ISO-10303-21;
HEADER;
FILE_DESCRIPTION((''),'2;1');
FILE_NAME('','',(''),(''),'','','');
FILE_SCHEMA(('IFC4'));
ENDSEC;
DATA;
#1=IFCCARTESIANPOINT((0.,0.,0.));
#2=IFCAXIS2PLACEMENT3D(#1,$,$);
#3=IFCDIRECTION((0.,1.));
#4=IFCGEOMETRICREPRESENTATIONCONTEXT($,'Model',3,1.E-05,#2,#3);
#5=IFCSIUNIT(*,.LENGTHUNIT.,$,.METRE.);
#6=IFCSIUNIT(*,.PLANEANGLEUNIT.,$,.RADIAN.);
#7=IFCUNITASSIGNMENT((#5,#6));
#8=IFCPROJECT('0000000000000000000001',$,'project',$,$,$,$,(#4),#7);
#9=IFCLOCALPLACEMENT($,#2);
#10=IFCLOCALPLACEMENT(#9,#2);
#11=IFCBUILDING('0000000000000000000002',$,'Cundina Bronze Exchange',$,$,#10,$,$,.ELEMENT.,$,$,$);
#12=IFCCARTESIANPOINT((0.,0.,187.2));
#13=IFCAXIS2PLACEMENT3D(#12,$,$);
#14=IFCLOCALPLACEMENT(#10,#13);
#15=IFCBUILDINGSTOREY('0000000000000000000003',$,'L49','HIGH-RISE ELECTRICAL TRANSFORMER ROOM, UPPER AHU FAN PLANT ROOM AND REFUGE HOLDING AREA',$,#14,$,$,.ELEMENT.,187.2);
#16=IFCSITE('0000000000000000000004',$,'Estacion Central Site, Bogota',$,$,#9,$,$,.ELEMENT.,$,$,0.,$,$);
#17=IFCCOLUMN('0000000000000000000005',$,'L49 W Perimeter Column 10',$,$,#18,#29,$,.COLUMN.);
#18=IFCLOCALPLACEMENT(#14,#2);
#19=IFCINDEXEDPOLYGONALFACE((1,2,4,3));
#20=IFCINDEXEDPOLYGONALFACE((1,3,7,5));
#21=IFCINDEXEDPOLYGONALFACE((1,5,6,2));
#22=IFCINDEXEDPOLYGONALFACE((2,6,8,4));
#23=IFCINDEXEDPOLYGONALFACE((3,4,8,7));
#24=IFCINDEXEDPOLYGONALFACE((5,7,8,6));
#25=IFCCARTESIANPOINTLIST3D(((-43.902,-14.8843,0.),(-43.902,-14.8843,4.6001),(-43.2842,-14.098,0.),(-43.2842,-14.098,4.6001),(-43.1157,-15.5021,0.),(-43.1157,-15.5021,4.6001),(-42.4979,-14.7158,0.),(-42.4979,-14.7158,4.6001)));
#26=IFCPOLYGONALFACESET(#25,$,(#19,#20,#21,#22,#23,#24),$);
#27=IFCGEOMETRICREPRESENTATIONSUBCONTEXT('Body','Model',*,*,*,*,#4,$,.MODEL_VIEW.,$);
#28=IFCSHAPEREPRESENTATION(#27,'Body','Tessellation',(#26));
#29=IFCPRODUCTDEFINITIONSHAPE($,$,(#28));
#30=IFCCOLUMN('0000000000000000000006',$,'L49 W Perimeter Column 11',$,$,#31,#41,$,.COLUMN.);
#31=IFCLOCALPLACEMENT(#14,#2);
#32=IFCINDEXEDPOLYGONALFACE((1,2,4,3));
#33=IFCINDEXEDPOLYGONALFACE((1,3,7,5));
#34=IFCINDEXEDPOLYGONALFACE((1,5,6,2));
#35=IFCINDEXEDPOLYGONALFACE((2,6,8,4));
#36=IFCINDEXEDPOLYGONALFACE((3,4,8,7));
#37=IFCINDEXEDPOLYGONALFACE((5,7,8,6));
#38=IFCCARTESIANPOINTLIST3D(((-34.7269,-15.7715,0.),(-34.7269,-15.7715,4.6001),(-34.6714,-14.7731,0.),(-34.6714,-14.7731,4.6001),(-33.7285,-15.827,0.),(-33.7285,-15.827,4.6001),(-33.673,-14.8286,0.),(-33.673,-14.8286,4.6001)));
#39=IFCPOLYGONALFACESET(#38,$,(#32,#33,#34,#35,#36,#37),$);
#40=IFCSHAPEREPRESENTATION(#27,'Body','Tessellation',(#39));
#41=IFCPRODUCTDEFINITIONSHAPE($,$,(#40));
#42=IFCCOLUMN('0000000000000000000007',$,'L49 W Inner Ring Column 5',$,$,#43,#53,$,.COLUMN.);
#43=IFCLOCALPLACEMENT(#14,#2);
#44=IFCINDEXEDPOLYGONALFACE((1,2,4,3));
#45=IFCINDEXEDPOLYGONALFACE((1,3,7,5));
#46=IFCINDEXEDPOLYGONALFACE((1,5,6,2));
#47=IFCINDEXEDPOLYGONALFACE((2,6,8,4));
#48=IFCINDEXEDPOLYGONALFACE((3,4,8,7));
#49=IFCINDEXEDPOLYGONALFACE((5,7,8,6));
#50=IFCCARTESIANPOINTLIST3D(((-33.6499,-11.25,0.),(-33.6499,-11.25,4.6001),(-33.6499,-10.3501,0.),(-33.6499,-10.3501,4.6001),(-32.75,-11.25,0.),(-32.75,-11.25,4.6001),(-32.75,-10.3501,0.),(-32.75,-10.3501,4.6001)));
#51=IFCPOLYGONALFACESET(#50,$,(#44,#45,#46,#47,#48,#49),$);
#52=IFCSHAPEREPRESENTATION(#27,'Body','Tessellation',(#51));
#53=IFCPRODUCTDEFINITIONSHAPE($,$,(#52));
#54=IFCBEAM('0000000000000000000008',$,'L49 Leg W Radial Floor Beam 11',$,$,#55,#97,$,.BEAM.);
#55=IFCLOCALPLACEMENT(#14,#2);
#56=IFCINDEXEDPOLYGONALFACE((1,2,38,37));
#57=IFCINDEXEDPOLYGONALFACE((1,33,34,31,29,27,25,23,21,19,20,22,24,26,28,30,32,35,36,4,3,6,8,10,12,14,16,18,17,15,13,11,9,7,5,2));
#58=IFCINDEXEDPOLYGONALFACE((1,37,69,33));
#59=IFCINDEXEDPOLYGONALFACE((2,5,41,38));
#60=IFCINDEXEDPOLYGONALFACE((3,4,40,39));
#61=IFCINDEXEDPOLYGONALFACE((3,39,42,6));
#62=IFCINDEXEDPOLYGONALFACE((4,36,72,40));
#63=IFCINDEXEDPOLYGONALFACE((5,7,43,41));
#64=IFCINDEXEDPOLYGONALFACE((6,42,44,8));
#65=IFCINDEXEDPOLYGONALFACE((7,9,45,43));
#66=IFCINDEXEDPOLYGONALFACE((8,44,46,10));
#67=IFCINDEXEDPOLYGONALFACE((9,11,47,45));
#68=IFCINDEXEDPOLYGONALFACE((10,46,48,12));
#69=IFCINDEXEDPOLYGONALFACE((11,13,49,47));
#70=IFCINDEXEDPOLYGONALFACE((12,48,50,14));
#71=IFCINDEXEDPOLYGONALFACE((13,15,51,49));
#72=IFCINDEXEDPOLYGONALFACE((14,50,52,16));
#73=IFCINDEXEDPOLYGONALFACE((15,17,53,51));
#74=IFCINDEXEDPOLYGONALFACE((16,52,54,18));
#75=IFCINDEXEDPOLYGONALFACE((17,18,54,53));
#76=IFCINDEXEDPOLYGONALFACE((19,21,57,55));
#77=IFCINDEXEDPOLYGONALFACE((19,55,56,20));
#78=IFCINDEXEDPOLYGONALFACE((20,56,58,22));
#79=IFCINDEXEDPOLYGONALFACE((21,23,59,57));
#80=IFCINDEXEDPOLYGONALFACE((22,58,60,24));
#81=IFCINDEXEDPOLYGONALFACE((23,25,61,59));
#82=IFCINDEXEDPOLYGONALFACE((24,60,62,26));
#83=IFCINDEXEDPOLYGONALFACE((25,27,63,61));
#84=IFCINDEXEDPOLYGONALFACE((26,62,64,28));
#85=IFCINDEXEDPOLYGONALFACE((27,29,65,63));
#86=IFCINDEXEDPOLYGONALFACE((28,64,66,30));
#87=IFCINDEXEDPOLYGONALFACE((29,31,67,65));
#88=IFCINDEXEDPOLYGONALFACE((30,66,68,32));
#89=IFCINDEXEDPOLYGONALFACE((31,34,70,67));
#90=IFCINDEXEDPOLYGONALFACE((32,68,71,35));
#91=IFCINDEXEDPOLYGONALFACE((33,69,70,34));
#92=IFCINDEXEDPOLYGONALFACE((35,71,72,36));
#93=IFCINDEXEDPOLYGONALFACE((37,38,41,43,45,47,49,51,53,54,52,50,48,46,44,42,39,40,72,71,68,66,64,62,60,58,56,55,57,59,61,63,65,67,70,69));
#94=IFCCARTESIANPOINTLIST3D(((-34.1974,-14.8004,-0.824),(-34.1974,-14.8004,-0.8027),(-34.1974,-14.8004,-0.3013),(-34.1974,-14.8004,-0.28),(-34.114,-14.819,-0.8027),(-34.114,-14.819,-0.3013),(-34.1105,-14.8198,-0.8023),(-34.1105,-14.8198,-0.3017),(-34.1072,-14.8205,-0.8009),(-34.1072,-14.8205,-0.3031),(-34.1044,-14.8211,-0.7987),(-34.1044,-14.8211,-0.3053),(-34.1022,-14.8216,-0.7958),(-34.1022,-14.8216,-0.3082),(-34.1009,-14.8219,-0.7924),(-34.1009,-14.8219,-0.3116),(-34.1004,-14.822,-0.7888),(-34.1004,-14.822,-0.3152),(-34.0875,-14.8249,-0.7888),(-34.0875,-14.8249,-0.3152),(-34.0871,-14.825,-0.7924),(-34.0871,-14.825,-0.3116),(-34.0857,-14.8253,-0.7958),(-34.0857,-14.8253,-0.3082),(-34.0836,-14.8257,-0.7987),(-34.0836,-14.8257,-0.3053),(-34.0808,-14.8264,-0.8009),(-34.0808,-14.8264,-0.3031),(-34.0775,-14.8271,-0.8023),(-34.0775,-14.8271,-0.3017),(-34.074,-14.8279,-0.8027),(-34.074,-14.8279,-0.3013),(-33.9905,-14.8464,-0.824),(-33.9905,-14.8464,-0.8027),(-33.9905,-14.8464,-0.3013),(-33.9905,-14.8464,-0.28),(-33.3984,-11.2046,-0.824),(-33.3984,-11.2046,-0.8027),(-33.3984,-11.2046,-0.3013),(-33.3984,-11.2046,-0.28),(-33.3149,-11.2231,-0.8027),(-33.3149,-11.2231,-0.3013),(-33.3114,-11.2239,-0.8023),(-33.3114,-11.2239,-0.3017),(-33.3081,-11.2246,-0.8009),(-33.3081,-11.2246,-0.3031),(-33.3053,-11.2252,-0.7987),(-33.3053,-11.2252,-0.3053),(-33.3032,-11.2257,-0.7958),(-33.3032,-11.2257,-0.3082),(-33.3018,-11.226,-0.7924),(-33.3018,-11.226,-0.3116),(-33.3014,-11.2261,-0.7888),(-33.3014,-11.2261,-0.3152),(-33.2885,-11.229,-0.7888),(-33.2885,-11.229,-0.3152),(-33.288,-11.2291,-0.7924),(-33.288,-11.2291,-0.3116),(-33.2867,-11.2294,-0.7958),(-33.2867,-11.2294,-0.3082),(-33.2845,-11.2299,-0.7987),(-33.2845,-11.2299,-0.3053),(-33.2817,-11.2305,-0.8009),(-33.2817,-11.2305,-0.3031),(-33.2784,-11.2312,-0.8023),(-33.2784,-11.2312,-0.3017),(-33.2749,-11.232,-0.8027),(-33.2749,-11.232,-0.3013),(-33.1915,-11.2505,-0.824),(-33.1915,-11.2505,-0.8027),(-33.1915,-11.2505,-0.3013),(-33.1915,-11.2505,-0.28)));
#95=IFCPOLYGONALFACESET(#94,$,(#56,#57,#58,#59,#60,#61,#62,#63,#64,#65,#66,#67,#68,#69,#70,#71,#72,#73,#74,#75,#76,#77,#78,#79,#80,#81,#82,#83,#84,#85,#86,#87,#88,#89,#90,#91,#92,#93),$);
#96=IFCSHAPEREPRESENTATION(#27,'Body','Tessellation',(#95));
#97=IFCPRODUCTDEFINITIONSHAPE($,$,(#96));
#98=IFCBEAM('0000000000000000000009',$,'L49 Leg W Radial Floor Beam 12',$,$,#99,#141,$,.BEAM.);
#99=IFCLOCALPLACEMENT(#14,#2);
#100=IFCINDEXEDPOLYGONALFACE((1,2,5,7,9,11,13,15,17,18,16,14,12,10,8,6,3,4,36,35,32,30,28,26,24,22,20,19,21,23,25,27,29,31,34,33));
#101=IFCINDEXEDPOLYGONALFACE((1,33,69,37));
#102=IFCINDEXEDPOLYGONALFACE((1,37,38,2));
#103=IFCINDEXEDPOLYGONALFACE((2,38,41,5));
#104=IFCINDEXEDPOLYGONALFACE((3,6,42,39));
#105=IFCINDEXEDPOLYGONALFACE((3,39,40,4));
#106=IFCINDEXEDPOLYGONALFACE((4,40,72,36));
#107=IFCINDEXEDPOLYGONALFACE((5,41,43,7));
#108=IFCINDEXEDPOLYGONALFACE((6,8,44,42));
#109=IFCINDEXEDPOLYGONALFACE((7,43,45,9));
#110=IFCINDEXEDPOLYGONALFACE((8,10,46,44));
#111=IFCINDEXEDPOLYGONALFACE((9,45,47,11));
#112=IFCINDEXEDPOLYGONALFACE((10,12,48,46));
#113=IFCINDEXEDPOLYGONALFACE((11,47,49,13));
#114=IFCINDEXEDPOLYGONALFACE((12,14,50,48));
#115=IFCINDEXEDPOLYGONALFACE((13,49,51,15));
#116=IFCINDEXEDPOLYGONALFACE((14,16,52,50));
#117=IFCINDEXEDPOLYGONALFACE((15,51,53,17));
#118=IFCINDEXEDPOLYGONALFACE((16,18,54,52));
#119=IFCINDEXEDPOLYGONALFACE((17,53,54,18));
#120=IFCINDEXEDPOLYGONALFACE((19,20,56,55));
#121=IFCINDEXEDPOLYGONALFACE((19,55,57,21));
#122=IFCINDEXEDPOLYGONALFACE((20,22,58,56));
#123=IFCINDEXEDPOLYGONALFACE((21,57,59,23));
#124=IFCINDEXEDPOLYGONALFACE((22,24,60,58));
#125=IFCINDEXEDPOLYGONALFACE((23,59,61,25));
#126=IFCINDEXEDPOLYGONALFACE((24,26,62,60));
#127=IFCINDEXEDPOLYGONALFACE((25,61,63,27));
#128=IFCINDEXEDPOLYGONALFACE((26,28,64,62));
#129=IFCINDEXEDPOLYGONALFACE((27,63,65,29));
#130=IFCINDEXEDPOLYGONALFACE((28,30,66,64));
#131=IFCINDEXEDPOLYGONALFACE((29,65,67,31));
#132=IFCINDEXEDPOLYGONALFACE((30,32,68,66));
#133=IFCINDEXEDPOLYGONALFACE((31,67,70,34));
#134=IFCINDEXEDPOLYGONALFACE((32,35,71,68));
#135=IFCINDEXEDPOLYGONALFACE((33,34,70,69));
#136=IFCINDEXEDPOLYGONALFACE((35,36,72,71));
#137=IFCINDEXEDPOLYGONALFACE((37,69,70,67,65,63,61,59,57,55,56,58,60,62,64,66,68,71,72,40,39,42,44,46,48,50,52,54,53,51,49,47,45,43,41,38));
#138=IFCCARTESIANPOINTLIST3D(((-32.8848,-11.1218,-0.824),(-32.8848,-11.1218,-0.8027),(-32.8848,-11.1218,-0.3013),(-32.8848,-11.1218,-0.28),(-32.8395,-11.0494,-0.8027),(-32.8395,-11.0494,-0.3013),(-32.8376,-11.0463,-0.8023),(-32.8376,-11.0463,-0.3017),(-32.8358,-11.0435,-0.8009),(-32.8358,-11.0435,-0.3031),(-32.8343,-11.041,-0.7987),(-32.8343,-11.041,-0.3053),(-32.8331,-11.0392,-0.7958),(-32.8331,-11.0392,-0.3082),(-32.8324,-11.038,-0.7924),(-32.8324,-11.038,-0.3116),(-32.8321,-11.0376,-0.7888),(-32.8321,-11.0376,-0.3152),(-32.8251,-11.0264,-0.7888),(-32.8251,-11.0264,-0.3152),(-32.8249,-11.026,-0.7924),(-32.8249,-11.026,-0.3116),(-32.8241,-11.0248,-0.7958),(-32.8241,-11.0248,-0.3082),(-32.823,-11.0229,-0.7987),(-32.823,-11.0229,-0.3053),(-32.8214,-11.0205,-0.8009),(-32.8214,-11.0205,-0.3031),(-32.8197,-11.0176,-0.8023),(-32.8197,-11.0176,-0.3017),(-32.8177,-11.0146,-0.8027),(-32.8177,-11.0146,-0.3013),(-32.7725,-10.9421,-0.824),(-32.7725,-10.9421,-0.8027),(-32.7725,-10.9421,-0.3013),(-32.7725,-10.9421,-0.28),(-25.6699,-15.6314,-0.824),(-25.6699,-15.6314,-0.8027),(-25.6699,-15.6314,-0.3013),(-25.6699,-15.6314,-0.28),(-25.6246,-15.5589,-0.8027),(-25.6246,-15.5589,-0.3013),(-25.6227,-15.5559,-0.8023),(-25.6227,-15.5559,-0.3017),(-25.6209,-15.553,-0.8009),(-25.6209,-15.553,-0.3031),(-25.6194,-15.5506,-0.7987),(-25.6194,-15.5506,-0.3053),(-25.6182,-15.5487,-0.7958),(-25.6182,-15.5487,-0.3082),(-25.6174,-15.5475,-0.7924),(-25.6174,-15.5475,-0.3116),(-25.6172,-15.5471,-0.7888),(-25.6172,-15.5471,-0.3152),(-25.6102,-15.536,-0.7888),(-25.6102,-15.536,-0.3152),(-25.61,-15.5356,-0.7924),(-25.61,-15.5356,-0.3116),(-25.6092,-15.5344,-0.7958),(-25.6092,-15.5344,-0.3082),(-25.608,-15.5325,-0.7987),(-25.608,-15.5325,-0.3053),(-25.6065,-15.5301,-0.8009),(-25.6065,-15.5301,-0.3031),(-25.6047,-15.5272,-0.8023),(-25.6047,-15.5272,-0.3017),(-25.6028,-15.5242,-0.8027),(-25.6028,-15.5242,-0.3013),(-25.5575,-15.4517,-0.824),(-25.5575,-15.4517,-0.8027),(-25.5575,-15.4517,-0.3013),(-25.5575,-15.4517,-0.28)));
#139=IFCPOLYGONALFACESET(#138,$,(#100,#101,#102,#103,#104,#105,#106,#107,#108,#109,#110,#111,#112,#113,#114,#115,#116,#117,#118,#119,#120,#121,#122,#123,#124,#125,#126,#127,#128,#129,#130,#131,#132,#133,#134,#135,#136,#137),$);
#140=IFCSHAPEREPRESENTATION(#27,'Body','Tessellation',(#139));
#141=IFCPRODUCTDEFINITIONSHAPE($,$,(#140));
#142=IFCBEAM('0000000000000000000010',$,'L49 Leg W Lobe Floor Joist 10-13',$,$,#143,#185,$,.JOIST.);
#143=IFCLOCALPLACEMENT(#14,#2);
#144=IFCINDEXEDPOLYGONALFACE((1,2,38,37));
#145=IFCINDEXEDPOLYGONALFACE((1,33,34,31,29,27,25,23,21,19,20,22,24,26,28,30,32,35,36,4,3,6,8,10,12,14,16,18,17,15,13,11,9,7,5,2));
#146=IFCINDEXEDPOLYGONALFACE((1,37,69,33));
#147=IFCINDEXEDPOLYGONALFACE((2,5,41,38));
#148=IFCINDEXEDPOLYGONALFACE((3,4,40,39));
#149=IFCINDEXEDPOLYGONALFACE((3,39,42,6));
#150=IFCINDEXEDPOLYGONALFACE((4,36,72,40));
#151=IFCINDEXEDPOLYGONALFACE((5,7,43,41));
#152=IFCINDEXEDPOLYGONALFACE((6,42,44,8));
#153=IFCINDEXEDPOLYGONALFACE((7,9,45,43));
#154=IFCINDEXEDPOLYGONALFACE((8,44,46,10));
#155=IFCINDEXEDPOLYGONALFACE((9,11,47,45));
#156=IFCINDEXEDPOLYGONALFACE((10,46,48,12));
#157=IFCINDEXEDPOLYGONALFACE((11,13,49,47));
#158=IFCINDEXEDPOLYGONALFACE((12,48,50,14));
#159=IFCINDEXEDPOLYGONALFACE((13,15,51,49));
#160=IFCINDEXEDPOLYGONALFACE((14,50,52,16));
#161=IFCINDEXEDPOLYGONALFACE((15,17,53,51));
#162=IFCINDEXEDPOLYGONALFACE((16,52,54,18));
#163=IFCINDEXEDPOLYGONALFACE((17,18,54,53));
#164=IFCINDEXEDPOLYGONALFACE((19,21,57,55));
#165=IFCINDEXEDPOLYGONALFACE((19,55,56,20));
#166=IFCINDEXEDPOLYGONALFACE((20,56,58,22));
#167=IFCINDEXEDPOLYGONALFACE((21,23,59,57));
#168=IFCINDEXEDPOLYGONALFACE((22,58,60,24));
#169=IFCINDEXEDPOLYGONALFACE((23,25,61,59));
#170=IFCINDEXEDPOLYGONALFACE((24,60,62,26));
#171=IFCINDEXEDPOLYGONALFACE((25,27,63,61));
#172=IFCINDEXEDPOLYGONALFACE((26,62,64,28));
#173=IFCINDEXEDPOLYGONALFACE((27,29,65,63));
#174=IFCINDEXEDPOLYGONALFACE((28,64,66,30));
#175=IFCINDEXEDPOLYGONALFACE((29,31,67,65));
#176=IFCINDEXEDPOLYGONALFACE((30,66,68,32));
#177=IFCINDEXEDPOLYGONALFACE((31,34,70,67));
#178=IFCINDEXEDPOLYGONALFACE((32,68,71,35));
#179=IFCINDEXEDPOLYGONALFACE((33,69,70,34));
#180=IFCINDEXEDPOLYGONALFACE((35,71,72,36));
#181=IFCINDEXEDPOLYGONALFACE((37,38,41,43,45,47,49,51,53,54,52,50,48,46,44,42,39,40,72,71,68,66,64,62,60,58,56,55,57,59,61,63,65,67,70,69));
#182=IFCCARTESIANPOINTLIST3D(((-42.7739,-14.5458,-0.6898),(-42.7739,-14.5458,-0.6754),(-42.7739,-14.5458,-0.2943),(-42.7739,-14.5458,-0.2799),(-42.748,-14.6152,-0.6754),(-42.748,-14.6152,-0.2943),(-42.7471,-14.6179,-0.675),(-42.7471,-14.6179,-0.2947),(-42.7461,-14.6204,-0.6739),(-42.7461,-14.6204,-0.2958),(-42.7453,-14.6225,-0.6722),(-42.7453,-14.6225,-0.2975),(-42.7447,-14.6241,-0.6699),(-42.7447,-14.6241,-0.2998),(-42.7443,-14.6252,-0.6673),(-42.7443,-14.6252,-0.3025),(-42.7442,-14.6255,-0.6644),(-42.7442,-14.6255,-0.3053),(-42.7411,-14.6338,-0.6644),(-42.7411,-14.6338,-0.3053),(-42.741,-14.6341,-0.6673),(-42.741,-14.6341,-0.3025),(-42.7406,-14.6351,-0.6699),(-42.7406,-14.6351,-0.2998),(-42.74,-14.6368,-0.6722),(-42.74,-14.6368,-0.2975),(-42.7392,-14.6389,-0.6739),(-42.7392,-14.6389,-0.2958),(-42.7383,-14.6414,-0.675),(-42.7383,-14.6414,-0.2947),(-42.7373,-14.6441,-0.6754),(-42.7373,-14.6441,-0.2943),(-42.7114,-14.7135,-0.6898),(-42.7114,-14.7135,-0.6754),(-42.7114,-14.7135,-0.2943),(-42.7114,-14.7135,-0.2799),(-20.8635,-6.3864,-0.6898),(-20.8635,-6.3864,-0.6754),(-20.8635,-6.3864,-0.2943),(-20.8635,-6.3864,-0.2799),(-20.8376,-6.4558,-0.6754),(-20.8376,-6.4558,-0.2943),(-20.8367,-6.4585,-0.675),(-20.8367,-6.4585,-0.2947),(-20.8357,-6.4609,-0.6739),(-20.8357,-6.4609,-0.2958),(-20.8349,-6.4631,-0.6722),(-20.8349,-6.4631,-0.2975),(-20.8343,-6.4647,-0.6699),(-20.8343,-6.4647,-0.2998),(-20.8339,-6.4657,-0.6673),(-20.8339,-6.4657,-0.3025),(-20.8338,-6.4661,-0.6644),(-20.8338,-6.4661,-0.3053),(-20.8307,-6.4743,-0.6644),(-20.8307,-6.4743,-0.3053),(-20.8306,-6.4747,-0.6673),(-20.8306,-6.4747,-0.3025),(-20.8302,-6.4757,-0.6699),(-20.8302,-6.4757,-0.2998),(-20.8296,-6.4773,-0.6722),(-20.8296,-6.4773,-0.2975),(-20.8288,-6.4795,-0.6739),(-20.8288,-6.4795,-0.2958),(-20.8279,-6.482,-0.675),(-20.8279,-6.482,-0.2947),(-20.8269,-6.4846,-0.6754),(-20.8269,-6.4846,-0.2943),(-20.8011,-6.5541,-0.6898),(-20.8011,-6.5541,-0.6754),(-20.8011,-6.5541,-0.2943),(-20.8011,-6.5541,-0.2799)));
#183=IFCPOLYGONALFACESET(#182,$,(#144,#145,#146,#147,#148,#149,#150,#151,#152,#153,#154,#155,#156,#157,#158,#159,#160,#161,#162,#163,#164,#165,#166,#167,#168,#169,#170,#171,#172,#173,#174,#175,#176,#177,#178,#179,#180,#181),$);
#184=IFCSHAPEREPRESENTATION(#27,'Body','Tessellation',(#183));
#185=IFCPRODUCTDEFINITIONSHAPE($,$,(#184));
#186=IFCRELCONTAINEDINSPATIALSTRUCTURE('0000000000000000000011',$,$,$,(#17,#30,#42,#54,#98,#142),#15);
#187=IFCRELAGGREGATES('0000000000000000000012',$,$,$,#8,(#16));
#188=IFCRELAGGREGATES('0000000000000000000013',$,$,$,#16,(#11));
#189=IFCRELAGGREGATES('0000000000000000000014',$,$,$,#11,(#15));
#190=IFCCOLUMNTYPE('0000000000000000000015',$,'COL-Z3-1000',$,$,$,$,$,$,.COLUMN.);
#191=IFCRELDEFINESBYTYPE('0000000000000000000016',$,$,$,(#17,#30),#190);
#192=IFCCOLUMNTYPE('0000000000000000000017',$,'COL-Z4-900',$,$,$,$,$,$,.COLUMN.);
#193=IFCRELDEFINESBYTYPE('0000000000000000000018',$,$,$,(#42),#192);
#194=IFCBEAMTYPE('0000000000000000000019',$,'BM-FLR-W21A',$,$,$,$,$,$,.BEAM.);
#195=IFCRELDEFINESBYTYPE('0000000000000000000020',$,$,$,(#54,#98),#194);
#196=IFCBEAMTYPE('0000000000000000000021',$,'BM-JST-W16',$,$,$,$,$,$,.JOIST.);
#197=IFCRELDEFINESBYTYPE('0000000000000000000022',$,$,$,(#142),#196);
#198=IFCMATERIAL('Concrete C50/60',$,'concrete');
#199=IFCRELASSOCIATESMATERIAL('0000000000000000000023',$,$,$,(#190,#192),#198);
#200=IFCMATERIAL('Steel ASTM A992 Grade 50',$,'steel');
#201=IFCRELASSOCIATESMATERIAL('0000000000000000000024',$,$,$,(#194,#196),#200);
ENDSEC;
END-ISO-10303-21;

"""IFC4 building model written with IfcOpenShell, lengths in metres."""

from ifc_helpers import new_model, si_unit, direction, frame, origin, origin_2d, place, context, subcontext, project, spatial, rectangle, i_section, extrude, material, material_profile, profile_set, type_object, element, save


model = new_model("IFC4")

# Units and contexts
model_context = context("Model", 3, precision=1e-05, world=origin(), true_north=direction((0.0, 1.0)))
body_context = subcontext(model_context, "Body", "Model", "MODEL_VIEW")
ifc_project = project(units=[si_unit("LENGTHUNIT", "METRE"), si_unit("PLANEANGLEUNIT", "RADIAN")], contexts=[model_context])

# Site, building, storey
site_placement = place(None, origin())
site = spatial("IfcSite", under=ifc_project, at=site_placement, Name="Estacion Central Site, Bogota", CompositionType="ELEMENT", RefElevation=0.0)
building_placement = place(site_placement, origin())
building = spatial("IfcBuilding", under=site, at=building_placement, Name="Cundina Bronze Exchange", CompositionType="ELEMENT")
storey_placement = place(building_placement, frame((0.0, 0.0, 187.2)))
storey = spatial("IfcBuildingStorey", under=building, at=storey_placement, Name="L49", Description="HIGH-RISE ELECTRICAL TRANSFORMER ROOM, UPPER AHU FAN PLANT ROOM AND REFUGE HOLDING AREA", CompositionType="ELEMENT", Elevation=187.2)

# Columns
ifc_material_1 = material(Name="Concrete C50/60", Category="concrete")
ifc_material_profile_1 = material_profile(ifc_material_1, rectangle(XDim=1.0, YDim=1.0, at=origin_2d()), Name="RC1000X1000", Category="concrete")
ifc_profile_set_1 = profile_set([ifc_material_profile_1], Name="Concrete C50/60")
column_type_1 = type_object("IfcColumnType", Name="COL-Z3-1000", PredefinedType="COLUMN", material=ifc_profile_set_1)
for number, where, z_axis, x_axis, name in (
    (1, (-43.2, -14.8, 0.0), (0.0, 0.0, 1.0), (0.786288, -0.61786, 0.0), "L49 W Perimeter Column 10"),
    (2, (-34.2, -15.3, 0.0), (0.0, 0.0, 1.0), (0.99846, -0.055473, 0.0), "L49 W Perimeter Column 11"),
):
    element("IfcColumn", number, at=place(storey_placement, frame(where, z_axis=z_axis, x_axis=x_axis)), inside=storey, type_object=column_type_1, Name=name, PredefinedType="COLUMN", context=body_context, shape_type="SweptSolid", body=[
        extrude(rectangle(XDim=1.0, YDim=1.0, at=origin_2d()), origin(), (0.0, 0.0, 1.0), 4.6001),
    ])
ifc_material_profile_2 = material_profile(ifc_material_1, rectangle(XDim=0.8999, YDim=0.8999, at=origin_2d()), Name="RC900X900", Category="concrete")
ifc_profile_set_2 = profile_set([ifc_material_profile_2], Name="Concrete C50/60")
column_type_2 = type_object("IfcColumnType", Name="COL-Z4-900", PredefinedType="COLUMN", material=ifc_profile_set_2)
column_placement = place(storey_placement, frame((-33.2, -10.8, 0.0), z_axis=(0.0, 0.0, 1.0), x_axis=(1.0, 0.0, 0.0)))
element("IfcColumn", 3, at=column_placement, inside=storey, type_object=column_type_2, Name="L49 W Inner Ring Column 5", PredefinedType="COLUMN", context=body_context, shape_type="SweptSolid", body=[
    extrude(rectangle(XDim=0.8999, YDim=0.8999, at=origin_2d()), origin(), (0.0, 0.0, 1.0), 4.6001),
])

# Beams
ifc_material_2 = material(Name="Steel ASTM A992 Grade 50", Category="steel")
ifc_material_profile_3 = material_profile(ifc_material_2, i_section(OverallWidth=0.2119, OverallDepth=0.5439, WebThickness=0.0132, FlangeThickness=0.0212, FilletRadius=0.0139, at=origin_2d()), Name="W21X83", Category="steel")
ifc_profile_set_3 = profile_set([ifc_material_profile_3], Name="Steel ASTM A992 Grade 50")
beam_type_1 = type_object("IfcBeamType", Name="BM-FLR-W21A", PredefinedType="BEAM", material=ifc_profile_set_3)
beam_1_placement = place(storey_placement, frame((-33.2949, -11.2275, -0.552), z_axis=(-0.216923, -0.976189, 0.0), x_axis=(0.976189, -0.216923, 0.0)))
element("IfcBeam", 4, at=beam_1_placement, inside=storey, type_object=beam_type_1, Name="L49 Leg W Radial Floor Beam 11", PredefinedType="BEAM", context=body_context, shape_type="SweptSolid", body=[
    extrude(i_section(OverallWidth=0.2119, OverallDepth=0.5439, WebThickness=0.0132, FlangeThickness=0.0212, FilletRadius=0.0139, at=origin_2d()), origin(), (0.0, 0.0, 1.0), 3.6836),
])
beam_2_placement = place(storey_placement, frame((-32.8286, -11.032, -0.552), z_axis=(0.847985, -0.53002, 0.0), x_axis=(0.53002, 0.847985, 0.0)))
element("IfcBeam", 5, at=beam_2_placement, inside=storey, type_object=beam_type_1, Name="L49 Leg W Radial Floor Beam 12", PredefinedType="BEAM", context=body_context, shape_type="SweptSolid", body=[
    extrude(i_section(OverallWidth=0.2119, OverallDepth=0.5439, WebThickness=0.0132, FlangeThickness=0.0212, FilletRadius=0.0139, at=origin_2d()), origin(), (0.0, 0.0, 1.0), 8.5083),
])
ifc_material_profile_4 = material_profile(ifc_material_2, i_section(OverallWidth=0.179, OverallDepth=0.4099, WebThickness=0.0088, FlangeThickness=0.0144, FilletRadius=0.011, at=origin_2d()), Name="W16X45", Category="steel")
ifc_profile_set_4 = profile_set([ifc_material_profile_4], Name="Steel ASTM A992 Grade 50")
beam_type_2 = type_object("IfcBeamType", Name="BM-JST-W16", PredefinedType="JOIST", material=ifc_profile_set_4)
beam_3_placement = place(storey_placement, frame((-42.7427, -14.6296, -0.4849), z_axis=(0.937128, 0.348986, 0.0), x_axis=(-0.348986, 0.937128, 0.0)))
element("IfcBeam", 6, at=beam_3_placement, inside=storey, type_object=beam_type_2, Name="L49 Leg W Lobe Floor Joist 10-13", PredefinedType="JOIST", context=body_context, shape_type="SweptSolid", body=[
    extrude(i_section(OverallWidth=0.179, OverallDepth=0.4099, WebThickness=0.0088, FlangeThickness=0.0144, FilletRadius=0.011, at=origin_2d()), origin(), (0.0, 0.0, 1.0), 23.3804),
])

save(model, "model.ifc")
